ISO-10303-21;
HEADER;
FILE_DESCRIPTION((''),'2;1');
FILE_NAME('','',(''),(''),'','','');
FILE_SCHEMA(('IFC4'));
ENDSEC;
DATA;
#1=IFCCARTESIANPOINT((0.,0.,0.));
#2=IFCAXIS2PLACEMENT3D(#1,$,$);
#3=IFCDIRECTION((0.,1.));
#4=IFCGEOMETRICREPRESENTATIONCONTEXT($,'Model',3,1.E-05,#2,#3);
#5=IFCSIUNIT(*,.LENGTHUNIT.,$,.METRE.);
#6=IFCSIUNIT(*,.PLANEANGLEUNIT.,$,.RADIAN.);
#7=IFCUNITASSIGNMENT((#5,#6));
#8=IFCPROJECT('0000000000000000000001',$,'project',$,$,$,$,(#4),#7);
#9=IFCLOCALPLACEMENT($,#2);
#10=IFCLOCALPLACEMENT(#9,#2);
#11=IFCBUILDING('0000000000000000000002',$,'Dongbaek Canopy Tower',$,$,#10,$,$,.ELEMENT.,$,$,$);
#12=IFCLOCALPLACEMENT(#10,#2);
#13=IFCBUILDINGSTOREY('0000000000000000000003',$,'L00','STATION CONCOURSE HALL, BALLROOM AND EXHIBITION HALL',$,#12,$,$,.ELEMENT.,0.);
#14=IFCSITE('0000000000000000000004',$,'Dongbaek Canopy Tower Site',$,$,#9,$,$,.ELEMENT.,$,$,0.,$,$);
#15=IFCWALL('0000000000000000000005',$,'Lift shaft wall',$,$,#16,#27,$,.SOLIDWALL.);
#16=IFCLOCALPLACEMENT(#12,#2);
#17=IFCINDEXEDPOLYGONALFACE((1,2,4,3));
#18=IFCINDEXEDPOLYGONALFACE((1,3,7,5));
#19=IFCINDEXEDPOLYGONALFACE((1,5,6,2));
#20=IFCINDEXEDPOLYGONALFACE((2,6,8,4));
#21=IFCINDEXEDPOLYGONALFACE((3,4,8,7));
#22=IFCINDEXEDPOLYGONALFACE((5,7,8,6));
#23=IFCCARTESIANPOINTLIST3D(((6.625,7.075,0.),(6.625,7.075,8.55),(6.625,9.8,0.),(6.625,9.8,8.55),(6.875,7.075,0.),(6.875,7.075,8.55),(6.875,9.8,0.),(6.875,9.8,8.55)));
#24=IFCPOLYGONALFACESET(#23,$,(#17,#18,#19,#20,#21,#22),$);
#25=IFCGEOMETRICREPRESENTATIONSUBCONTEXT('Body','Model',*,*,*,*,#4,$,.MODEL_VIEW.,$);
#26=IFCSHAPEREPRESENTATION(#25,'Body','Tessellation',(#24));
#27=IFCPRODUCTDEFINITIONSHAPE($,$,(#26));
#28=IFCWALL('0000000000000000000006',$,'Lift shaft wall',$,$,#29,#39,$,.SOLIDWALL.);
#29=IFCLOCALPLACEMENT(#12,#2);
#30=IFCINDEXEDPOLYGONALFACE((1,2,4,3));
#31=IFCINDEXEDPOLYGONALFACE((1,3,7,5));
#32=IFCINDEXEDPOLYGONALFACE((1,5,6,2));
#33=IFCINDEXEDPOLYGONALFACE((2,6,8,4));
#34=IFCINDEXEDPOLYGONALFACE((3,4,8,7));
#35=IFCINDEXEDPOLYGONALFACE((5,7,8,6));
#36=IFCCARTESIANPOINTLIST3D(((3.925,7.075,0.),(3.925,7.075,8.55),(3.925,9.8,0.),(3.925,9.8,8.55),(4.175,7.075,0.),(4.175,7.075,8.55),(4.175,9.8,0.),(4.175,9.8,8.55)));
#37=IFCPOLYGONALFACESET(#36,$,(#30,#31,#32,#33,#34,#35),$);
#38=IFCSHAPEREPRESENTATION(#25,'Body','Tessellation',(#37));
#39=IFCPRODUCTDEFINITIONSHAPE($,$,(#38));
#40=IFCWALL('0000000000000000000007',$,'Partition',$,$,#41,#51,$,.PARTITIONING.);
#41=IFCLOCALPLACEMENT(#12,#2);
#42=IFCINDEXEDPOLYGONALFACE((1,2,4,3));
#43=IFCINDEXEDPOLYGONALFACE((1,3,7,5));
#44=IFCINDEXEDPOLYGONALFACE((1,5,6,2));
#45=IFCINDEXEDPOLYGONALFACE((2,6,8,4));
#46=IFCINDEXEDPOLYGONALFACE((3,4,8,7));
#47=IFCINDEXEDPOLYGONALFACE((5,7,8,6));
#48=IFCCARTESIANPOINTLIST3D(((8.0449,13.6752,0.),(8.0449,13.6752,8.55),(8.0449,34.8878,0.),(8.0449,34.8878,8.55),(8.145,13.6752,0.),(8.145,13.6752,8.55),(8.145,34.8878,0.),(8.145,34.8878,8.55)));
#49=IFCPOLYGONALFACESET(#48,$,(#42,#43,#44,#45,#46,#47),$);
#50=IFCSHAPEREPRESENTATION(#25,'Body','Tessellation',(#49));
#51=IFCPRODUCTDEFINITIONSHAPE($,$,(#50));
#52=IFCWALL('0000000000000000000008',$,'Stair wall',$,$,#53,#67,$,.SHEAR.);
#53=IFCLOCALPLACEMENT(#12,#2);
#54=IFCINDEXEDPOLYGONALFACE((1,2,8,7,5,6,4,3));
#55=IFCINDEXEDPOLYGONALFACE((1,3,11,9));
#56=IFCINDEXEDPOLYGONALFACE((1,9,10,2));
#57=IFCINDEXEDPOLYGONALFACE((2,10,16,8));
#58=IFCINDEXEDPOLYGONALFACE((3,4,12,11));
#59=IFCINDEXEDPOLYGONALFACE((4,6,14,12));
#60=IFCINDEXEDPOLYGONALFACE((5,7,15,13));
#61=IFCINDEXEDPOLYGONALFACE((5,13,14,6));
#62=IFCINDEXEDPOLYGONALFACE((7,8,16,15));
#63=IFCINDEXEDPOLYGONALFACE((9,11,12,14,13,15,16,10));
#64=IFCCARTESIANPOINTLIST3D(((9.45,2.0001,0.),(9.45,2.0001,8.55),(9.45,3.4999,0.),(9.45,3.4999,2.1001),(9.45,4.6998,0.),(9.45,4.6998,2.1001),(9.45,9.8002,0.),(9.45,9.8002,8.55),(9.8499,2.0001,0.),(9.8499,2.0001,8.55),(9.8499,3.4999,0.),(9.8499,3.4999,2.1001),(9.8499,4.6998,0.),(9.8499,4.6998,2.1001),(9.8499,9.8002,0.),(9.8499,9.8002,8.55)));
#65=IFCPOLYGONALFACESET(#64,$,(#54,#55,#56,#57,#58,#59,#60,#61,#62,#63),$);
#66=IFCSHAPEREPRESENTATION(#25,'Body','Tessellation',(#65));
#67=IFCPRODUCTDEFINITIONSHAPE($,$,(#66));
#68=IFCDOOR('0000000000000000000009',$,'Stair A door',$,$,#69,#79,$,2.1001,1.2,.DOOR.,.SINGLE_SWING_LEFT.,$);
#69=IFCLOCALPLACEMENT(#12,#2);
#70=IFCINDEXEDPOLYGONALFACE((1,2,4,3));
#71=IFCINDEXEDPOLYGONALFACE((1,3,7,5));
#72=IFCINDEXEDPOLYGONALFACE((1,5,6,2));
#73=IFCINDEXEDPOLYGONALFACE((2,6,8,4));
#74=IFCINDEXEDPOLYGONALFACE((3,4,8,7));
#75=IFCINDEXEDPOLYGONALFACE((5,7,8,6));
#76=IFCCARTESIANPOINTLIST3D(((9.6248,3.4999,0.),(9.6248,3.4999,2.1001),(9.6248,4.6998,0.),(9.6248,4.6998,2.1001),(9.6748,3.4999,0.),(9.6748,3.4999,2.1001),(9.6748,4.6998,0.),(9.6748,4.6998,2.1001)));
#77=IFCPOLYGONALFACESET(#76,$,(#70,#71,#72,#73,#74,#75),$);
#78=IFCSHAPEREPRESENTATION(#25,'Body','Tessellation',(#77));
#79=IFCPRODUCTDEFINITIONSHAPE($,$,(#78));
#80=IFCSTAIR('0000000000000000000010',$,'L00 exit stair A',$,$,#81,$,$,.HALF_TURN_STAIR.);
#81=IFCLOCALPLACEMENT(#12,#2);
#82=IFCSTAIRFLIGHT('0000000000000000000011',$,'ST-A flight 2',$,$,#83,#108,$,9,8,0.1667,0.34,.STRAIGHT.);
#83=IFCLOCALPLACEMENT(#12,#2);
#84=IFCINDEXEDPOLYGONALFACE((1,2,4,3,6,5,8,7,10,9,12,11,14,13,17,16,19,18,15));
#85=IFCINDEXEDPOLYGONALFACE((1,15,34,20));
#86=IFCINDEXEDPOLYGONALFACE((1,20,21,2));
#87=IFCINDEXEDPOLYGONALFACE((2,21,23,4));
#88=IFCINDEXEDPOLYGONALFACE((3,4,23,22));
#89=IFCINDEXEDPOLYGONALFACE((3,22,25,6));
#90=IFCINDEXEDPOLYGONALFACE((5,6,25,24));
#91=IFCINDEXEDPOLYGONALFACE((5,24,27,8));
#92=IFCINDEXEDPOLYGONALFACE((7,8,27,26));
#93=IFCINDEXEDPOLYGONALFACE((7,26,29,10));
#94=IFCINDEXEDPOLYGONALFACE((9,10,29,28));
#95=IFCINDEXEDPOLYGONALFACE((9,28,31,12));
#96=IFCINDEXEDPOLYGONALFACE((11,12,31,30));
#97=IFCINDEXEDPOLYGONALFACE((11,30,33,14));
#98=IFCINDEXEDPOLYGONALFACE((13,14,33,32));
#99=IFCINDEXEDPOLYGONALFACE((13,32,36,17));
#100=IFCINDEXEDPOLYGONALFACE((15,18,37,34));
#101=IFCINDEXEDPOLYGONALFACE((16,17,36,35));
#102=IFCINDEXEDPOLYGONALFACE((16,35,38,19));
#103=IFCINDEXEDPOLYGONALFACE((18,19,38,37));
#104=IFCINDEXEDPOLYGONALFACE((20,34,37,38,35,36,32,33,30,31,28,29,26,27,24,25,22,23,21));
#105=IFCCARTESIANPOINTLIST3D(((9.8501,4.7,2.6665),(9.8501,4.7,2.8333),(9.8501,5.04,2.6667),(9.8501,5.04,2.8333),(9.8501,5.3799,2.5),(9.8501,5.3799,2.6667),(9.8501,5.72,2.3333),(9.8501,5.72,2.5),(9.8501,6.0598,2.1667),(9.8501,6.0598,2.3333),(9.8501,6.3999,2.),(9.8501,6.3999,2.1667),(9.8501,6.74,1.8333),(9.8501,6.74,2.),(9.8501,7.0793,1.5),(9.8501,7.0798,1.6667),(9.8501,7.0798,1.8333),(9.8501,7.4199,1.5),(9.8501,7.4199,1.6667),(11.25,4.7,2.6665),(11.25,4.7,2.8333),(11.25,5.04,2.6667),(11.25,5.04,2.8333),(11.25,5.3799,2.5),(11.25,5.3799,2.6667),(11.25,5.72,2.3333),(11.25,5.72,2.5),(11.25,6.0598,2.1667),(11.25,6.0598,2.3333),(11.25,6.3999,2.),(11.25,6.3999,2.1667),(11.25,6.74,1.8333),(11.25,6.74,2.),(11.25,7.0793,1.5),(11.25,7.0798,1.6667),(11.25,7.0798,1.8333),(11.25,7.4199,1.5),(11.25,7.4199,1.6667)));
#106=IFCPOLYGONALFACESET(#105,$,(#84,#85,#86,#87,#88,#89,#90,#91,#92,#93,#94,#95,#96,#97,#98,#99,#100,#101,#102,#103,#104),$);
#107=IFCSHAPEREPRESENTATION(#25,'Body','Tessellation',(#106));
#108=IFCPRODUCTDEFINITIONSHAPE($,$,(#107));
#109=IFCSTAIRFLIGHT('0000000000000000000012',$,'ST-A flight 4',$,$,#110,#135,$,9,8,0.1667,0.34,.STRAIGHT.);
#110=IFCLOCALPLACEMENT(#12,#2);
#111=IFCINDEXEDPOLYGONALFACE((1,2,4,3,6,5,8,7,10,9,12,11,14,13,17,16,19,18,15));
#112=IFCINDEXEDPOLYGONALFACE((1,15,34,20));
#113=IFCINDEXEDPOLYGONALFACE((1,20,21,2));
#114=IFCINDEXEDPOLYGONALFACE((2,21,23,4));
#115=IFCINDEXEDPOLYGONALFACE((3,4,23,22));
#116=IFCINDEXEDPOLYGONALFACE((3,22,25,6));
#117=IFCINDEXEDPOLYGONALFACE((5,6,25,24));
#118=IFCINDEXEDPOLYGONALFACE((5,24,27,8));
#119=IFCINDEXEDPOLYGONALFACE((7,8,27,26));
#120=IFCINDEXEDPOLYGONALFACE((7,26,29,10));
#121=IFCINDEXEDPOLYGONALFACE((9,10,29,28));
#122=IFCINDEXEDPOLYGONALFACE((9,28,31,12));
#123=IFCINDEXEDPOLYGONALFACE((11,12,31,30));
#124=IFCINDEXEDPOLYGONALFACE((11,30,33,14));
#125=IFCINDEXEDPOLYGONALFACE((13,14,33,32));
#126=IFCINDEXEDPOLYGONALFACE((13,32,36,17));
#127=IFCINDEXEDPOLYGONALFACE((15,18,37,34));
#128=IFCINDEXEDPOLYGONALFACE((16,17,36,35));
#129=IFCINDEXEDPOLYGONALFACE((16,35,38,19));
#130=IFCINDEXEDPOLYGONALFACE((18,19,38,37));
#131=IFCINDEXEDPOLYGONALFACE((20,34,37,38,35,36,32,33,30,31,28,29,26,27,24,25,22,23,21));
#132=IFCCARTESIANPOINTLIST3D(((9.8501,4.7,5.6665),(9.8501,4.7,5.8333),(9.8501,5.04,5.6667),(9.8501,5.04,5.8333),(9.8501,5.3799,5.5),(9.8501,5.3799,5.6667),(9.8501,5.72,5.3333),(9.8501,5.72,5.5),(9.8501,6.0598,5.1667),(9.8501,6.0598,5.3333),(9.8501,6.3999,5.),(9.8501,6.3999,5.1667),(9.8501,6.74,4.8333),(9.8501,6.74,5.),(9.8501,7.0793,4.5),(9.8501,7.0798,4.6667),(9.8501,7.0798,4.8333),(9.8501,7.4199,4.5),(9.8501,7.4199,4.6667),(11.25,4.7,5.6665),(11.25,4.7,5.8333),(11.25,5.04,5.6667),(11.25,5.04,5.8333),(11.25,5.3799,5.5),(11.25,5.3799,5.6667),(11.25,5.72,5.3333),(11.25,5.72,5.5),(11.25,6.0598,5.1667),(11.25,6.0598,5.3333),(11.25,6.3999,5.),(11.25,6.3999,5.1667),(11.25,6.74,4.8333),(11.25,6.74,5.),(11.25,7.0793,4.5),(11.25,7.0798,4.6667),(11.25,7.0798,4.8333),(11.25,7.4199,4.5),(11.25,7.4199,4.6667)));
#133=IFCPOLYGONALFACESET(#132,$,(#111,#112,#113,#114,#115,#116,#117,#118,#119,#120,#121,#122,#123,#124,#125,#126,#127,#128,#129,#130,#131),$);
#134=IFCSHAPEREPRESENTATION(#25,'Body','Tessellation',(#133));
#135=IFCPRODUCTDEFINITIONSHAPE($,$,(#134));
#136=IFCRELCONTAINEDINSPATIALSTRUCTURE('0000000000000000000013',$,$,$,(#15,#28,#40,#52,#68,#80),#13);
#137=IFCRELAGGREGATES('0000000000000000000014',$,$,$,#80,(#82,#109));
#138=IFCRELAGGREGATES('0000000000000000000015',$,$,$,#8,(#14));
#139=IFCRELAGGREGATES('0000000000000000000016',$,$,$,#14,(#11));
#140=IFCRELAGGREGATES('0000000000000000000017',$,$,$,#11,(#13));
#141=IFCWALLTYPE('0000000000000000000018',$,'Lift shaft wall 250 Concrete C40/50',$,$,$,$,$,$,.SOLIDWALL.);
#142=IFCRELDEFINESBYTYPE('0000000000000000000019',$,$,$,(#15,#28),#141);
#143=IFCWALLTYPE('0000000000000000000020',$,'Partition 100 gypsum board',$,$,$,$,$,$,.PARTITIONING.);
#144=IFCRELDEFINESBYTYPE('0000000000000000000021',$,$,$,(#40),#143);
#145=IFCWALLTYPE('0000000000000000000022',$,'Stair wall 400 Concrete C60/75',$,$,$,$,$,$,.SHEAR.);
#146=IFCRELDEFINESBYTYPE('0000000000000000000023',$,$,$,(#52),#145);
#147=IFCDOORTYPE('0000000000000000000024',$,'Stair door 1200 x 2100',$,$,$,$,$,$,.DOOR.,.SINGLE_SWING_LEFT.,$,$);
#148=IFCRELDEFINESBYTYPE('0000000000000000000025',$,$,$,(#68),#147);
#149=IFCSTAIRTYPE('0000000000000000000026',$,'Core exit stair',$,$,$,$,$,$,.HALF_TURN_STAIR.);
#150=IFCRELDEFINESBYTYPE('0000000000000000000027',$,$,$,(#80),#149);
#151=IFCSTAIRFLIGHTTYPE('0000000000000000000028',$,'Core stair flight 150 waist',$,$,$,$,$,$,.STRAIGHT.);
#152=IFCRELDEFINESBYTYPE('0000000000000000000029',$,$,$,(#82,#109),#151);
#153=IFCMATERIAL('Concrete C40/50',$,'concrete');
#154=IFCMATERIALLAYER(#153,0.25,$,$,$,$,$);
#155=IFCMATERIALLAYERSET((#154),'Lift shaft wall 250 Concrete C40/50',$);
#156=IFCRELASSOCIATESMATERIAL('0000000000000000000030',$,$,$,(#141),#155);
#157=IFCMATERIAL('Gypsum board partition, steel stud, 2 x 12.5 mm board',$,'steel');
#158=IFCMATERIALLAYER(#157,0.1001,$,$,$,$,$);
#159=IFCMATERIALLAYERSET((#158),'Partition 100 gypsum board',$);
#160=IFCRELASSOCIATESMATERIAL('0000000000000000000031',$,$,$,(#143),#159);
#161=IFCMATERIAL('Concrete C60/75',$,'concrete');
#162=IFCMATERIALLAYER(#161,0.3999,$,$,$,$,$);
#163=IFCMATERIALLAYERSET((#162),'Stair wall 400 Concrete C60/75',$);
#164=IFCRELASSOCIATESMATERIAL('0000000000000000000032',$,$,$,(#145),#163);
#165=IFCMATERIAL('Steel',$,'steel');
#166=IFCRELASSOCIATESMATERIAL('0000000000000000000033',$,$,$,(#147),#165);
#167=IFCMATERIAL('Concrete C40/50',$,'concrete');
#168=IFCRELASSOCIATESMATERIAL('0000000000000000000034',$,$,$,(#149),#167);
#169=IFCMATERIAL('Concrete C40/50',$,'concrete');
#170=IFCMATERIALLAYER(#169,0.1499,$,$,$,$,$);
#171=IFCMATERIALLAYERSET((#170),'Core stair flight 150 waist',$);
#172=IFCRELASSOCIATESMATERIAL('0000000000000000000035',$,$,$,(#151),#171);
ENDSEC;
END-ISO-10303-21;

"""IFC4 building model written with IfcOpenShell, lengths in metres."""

from ifc_helpers import new_model, si_unit, direction, frame, frame_2d, origin, place, context, subcontext, project, spatial, polyline, rectangle, outline, extrude, material, layer, layer_set, type_object, element, fill, aggregate, save


model = new_model("IFC4")

# Units and contexts
model_context = context("Model", 3, precision=1e-05, world=origin(), true_north=direction((0.0, 1.0)))
body_context = subcontext(model_context, "Body", "Model", "MODEL_VIEW")
ifc_project = project(units=[si_unit("LENGTHUNIT", "METRE"), si_unit("PLANEANGLEUNIT", "RADIAN")], contexts=[model_context])

# Site, building, storey
site_placement = place(None, origin())
site = spatial("IfcSite", under=ifc_project, at=site_placement, Name="Dongbaek Canopy Tower Site", CompositionType="ELEMENT", RefElevation=0.0)
building_placement = place(site_placement, origin())
building = spatial("IfcBuilding", under=site, at=building_placement, Name="Dongbaek Canopy Tower", CompositionType="ELEMENT")
storey_placement = place(building_placement, origin())
storey = spatial("IfcBuildingStorey", under=building, at=storey_placement, Name="L00", Description="STATION CONCOURSE HALL, BALLROOM AND EXHIBITION HALL", CompositionType="ELEMENT", Elevation=0.0)

# Walls
ifc_material_1 = material(Name="Concrete C40/50", Category="concrete")
ifc_layer_1 = layer(ifc_material_1, 0.25)
ifc_layer_set_1 = layer_set([ifc_layer_1], Name="Lift shaft wall 250 Concrete C40/50")
wall_type_1 = type_object("IfcWallType", Name="Lift shaft wall 250 Concrete C40/50", PredefinedType="SOLIDWALL", material=ifc_layer_set_1)
for number, where, z_axis, x_axis, name in (
    (1, (6.75, 7.075, 0.0), (0.0, 0.0, 1.0), (0.0, 1.0, 0.0), "Lift shaft wall"),
    (2, (4.05, 7.075, 0.0), (0.0, 0.0, 1.0), (0.0, 1.0, 0.0), "Lift shaft wall"),
):
    element("IfcWall", number, at=place(storey_placement, frame(where, z_axis=z_axis, x_axis=x_axis)), inside=storey, type_object=wall_type_1, Name=name, PredefinedType="SOLIDWALL", context=body_context, shape_type="SweptSolid", body=[
        extrude(rectangle(XDim=2.7251, YDim=0.25, at=frame_2d((1.3625, 0.0))), origin(), (0.0, 0.0, 1.0), 8.55),
    ])
ifc_material_2 = material(Name="Gypsum board partition, steel stud, 2 x 12.5 mm board", Category="steel")
ifc_layer_2 = layer(ifc_material_2, 0.1001)
ifc_layer_set_2 = layer_set([ifc_layer_2], Name="Partition 100 gypsum board")
wall_type_2 = type_object("IfcWallType", Name="Partition 100 gypsum board", PredefinedType="PARTITIONING", material=ifc_layer_set_2)
wall_1_placement = place(storey_placement, frame((8.095, 13.675, 0.0), z_axis=(0.0, 0.0, 1.0), x_axis=(0.0, 1.0, 0.0)))
element("IfcWall", 3, at=wall_1_placement, inside=storey, type_object=wall_type_2, Name="Partition", PredefinedType="PARTITIONING", context=body_context, shape_type="SweptSolid", body=[
    extrude(rectangle(XDim=21.2126, YDim=0.1001, at=frame_2d((10.6064, 0.0))), origin(), (0.0, 0.0, 1.0), 8.55),
])

# Wall, opening, door
ifc_material_3 = material(Name="Concrete C60/75", Category="concrete")
ifc_layer_3 = layer(ifc_material_3, 0.3999)
ifc_layer_set_3 = layer_set([ifc_layer_3], Name="Stair wall 400 Concrete C60/75")
wall_type_3 = type_object("IfcWallType", Name="Stair wall 400 Concrete C60/75", PredefinedType="SHEAR", material=ifc_layer_set_3)
wall_2_placement = place(storey_placement, frame((9.6499, 9.8, 0.0), z_axis=(0.0, 0.0, 1.0), x_axis=(0.0, -1.0, 0.0)))
wall_2 = element("IfcWall", 4, at=wall_2_placement, inside=storey, type_object=wall_type_3, Name="Stair wall", PredefinedType="SHEAR", context=body_context, shape_type="SweptSolid", body=[
    extrude(rectangle(XDim=7.8, YDim=0.3999, at=frame_2d((3.8999, 0.0))), origin(), (0.0, 0.0, 1.0), 8.55),
])
opening_placement = place(wall_2_placement, frame((5.1001, 0.0, 0.0)))
opening = element("IfcOpeningElement", 5, at=opening_placement, cuts=wall_2, PredefinedType="OPENING", context=body_context, shape_type="SweptSolid", body=[
    extrude(rectangle(XDim=1.2, YDim=2.1001, at=frame_2d((0.6001, 1.05))), frame((0.0, 0.21, 0.0), z_axis=(0.0, -1.0, 0.0), x_axis=(1.0, 0.0, 0.0)), (0.0, 0.0, 1.0), 0.4199),
])
ifc_material_4 = material(Name="Steel", Category="steel")
door_type = type_object("IfcDoorType", Name="Stair door 1200 x 2100", OperationType="SINGLE_SWING_LEFT", PredefinedType="DOOR", material=ifc_material_4)
door_placement = place(opening_placement, origin())
door = element("IfcDoor", 6, at=door_placement, inside=storey, type_object=door_type, Name="Stair A door", OperationType="SINGLE_SWING_LEFT", OverallHeight=2.1001, OverallWidth=1.2, PredefinedType="DOOR", context=body_context, shape_type="SweptSolid", body=[
    extrude(rectangle(XDim=1.2, YDim=2.1001, at=frame_2d((0.6001, 1.05))), frame((0.0, 0.0249, 0.0), z_axis=(0.0, -1.0, 0.0), x_axis=(1.0, 0.0, 0.0)), (0.0, 0.0, 1.0), 0.05),
])
fill(opening, door)

# Stair, stair flights
ifc_material_5 = material(Name="Concrete C40/50", Category="concrete")
stair_type = type_object("IfcStairType", Name="Core exit stair", PredefinedType="HALF_TURN_STAIR", material=ifc_material_5)
stair_placement = place(storey_placement, origin())
stair = element("IfcStair", 7, at=stair_placement, inside=storey, type_object=stair_type, Name="L00 exit stair A", PredefinedType="HALF_TURN_STAIR")
ifc_material_6 = material(Name="Concrete C40/50", Category="concrete")
ifc_layer_4 = layer(ifc_material_6, 0.1499)
ifc_layer_set_4 = layer_set([ifc_layer_4], Name="Core stair flight 150 waist")
stair_flight_type = type_object("IfcStairFlightType", Name="Core stair flight 150 waist", PredefinedType="STRAIGHT", material=ifc_layer_set_4)
stair_flight_1_placement = place(storey_placement, frame((10.55, 7.4199, 1.5), z_axis=(0.0, 0.0, 1.0), x_axis=(0.0, -1.0, 0.0)))
stair_flight_1 = element("IfcStairFlight", 8, at=stair_flight_1_placement, type_object=stair_flight_type, Name="ST-A flight 2", NumberOfRisers=9, NumberOfTreads=8, PredefinedType="STRAIGHT", RiserHeight=0.1667, TreadLength=0.34, context=body_context, shape_type="SweptSolid", body=[
    extrude(outline(polyline([(0.0, 0.0), (0.0, 0.1667), (0.3401, 0.1667), (0.3401, 0.3333), (0.6799, 0.3333), (0.6799, 0.5), (1.02, 0.5), (1.02, 0.6667), (1.3601, 0.6667), (1.3601, 0.8333), (1.7, 0.8333), (1.7, 1.0), (2.04, 1.0), (2.04, 1.1667), (2.3799, 1.1667), (2.3799, 1.3333), (2.72, 1.3333), (2.72, 1.5), (2.72, 1.1665), (0.3406, 0.0), (0.0, 0.0)])), frame((0.0, 0.7, 0.0), z_axis=(0.0, -1.0, 0.0), x_axis=(1.0, 0.0, 0.0)), (0.0, 0.0, 1.0), 1.3999),
])
stair_flight_2_placement = place(storey_placement, frame((10.55, 7.4199, 4.5), z_axis=(0.0, 0.0, 1.0), x_axis=(0.0, -1.0, 0.0)))
stair_flight_2 = element("IfcStairFlight", 9, at=stair_flight_2_placement, type_object=stair_flight_type, Name="ST-A flight 4", NumberOfRisers=9, NumberOfTreads=8, PredefinedType="STRAIGHT", RiserHeight=0.1667, TreadLength=0.34, context=body_context, shape_type="SweptSolid", body=[
    extrude(outline(polyline([(0.0, 0.0), (0.0, 0.1667), (0.3401, 0.1667), (0.3401, 0.3333), (0.6799, 0.3333), (0.6799, 0.5), (1.02, 0.5), (1.02, 0.6667), (1.3601, 0.6667), (1.3601, 0.8333), (1.7, 0.8333), (1.7, 1.0), (2.04, 1.0), (2.04, 1.1667), (2.3799, 1.1667), (2.3799, 1.3333), (2.72, 1.3333), (2.72, 1.5), (2.72, 1.1665), (0.3406, 0.0), (0.0, 0.0)])), frame((0.0, 0.7, 0.0), z_axis=(0.0, -1.0, 0.0), x_axis=(1.0, 0.0, 0.0)), (0.0, 0.0, 1.0), 1.3999),
])
aggregate(stair, [stair_flight_1, stair_flight_2])

save(model, "model.ifc")
